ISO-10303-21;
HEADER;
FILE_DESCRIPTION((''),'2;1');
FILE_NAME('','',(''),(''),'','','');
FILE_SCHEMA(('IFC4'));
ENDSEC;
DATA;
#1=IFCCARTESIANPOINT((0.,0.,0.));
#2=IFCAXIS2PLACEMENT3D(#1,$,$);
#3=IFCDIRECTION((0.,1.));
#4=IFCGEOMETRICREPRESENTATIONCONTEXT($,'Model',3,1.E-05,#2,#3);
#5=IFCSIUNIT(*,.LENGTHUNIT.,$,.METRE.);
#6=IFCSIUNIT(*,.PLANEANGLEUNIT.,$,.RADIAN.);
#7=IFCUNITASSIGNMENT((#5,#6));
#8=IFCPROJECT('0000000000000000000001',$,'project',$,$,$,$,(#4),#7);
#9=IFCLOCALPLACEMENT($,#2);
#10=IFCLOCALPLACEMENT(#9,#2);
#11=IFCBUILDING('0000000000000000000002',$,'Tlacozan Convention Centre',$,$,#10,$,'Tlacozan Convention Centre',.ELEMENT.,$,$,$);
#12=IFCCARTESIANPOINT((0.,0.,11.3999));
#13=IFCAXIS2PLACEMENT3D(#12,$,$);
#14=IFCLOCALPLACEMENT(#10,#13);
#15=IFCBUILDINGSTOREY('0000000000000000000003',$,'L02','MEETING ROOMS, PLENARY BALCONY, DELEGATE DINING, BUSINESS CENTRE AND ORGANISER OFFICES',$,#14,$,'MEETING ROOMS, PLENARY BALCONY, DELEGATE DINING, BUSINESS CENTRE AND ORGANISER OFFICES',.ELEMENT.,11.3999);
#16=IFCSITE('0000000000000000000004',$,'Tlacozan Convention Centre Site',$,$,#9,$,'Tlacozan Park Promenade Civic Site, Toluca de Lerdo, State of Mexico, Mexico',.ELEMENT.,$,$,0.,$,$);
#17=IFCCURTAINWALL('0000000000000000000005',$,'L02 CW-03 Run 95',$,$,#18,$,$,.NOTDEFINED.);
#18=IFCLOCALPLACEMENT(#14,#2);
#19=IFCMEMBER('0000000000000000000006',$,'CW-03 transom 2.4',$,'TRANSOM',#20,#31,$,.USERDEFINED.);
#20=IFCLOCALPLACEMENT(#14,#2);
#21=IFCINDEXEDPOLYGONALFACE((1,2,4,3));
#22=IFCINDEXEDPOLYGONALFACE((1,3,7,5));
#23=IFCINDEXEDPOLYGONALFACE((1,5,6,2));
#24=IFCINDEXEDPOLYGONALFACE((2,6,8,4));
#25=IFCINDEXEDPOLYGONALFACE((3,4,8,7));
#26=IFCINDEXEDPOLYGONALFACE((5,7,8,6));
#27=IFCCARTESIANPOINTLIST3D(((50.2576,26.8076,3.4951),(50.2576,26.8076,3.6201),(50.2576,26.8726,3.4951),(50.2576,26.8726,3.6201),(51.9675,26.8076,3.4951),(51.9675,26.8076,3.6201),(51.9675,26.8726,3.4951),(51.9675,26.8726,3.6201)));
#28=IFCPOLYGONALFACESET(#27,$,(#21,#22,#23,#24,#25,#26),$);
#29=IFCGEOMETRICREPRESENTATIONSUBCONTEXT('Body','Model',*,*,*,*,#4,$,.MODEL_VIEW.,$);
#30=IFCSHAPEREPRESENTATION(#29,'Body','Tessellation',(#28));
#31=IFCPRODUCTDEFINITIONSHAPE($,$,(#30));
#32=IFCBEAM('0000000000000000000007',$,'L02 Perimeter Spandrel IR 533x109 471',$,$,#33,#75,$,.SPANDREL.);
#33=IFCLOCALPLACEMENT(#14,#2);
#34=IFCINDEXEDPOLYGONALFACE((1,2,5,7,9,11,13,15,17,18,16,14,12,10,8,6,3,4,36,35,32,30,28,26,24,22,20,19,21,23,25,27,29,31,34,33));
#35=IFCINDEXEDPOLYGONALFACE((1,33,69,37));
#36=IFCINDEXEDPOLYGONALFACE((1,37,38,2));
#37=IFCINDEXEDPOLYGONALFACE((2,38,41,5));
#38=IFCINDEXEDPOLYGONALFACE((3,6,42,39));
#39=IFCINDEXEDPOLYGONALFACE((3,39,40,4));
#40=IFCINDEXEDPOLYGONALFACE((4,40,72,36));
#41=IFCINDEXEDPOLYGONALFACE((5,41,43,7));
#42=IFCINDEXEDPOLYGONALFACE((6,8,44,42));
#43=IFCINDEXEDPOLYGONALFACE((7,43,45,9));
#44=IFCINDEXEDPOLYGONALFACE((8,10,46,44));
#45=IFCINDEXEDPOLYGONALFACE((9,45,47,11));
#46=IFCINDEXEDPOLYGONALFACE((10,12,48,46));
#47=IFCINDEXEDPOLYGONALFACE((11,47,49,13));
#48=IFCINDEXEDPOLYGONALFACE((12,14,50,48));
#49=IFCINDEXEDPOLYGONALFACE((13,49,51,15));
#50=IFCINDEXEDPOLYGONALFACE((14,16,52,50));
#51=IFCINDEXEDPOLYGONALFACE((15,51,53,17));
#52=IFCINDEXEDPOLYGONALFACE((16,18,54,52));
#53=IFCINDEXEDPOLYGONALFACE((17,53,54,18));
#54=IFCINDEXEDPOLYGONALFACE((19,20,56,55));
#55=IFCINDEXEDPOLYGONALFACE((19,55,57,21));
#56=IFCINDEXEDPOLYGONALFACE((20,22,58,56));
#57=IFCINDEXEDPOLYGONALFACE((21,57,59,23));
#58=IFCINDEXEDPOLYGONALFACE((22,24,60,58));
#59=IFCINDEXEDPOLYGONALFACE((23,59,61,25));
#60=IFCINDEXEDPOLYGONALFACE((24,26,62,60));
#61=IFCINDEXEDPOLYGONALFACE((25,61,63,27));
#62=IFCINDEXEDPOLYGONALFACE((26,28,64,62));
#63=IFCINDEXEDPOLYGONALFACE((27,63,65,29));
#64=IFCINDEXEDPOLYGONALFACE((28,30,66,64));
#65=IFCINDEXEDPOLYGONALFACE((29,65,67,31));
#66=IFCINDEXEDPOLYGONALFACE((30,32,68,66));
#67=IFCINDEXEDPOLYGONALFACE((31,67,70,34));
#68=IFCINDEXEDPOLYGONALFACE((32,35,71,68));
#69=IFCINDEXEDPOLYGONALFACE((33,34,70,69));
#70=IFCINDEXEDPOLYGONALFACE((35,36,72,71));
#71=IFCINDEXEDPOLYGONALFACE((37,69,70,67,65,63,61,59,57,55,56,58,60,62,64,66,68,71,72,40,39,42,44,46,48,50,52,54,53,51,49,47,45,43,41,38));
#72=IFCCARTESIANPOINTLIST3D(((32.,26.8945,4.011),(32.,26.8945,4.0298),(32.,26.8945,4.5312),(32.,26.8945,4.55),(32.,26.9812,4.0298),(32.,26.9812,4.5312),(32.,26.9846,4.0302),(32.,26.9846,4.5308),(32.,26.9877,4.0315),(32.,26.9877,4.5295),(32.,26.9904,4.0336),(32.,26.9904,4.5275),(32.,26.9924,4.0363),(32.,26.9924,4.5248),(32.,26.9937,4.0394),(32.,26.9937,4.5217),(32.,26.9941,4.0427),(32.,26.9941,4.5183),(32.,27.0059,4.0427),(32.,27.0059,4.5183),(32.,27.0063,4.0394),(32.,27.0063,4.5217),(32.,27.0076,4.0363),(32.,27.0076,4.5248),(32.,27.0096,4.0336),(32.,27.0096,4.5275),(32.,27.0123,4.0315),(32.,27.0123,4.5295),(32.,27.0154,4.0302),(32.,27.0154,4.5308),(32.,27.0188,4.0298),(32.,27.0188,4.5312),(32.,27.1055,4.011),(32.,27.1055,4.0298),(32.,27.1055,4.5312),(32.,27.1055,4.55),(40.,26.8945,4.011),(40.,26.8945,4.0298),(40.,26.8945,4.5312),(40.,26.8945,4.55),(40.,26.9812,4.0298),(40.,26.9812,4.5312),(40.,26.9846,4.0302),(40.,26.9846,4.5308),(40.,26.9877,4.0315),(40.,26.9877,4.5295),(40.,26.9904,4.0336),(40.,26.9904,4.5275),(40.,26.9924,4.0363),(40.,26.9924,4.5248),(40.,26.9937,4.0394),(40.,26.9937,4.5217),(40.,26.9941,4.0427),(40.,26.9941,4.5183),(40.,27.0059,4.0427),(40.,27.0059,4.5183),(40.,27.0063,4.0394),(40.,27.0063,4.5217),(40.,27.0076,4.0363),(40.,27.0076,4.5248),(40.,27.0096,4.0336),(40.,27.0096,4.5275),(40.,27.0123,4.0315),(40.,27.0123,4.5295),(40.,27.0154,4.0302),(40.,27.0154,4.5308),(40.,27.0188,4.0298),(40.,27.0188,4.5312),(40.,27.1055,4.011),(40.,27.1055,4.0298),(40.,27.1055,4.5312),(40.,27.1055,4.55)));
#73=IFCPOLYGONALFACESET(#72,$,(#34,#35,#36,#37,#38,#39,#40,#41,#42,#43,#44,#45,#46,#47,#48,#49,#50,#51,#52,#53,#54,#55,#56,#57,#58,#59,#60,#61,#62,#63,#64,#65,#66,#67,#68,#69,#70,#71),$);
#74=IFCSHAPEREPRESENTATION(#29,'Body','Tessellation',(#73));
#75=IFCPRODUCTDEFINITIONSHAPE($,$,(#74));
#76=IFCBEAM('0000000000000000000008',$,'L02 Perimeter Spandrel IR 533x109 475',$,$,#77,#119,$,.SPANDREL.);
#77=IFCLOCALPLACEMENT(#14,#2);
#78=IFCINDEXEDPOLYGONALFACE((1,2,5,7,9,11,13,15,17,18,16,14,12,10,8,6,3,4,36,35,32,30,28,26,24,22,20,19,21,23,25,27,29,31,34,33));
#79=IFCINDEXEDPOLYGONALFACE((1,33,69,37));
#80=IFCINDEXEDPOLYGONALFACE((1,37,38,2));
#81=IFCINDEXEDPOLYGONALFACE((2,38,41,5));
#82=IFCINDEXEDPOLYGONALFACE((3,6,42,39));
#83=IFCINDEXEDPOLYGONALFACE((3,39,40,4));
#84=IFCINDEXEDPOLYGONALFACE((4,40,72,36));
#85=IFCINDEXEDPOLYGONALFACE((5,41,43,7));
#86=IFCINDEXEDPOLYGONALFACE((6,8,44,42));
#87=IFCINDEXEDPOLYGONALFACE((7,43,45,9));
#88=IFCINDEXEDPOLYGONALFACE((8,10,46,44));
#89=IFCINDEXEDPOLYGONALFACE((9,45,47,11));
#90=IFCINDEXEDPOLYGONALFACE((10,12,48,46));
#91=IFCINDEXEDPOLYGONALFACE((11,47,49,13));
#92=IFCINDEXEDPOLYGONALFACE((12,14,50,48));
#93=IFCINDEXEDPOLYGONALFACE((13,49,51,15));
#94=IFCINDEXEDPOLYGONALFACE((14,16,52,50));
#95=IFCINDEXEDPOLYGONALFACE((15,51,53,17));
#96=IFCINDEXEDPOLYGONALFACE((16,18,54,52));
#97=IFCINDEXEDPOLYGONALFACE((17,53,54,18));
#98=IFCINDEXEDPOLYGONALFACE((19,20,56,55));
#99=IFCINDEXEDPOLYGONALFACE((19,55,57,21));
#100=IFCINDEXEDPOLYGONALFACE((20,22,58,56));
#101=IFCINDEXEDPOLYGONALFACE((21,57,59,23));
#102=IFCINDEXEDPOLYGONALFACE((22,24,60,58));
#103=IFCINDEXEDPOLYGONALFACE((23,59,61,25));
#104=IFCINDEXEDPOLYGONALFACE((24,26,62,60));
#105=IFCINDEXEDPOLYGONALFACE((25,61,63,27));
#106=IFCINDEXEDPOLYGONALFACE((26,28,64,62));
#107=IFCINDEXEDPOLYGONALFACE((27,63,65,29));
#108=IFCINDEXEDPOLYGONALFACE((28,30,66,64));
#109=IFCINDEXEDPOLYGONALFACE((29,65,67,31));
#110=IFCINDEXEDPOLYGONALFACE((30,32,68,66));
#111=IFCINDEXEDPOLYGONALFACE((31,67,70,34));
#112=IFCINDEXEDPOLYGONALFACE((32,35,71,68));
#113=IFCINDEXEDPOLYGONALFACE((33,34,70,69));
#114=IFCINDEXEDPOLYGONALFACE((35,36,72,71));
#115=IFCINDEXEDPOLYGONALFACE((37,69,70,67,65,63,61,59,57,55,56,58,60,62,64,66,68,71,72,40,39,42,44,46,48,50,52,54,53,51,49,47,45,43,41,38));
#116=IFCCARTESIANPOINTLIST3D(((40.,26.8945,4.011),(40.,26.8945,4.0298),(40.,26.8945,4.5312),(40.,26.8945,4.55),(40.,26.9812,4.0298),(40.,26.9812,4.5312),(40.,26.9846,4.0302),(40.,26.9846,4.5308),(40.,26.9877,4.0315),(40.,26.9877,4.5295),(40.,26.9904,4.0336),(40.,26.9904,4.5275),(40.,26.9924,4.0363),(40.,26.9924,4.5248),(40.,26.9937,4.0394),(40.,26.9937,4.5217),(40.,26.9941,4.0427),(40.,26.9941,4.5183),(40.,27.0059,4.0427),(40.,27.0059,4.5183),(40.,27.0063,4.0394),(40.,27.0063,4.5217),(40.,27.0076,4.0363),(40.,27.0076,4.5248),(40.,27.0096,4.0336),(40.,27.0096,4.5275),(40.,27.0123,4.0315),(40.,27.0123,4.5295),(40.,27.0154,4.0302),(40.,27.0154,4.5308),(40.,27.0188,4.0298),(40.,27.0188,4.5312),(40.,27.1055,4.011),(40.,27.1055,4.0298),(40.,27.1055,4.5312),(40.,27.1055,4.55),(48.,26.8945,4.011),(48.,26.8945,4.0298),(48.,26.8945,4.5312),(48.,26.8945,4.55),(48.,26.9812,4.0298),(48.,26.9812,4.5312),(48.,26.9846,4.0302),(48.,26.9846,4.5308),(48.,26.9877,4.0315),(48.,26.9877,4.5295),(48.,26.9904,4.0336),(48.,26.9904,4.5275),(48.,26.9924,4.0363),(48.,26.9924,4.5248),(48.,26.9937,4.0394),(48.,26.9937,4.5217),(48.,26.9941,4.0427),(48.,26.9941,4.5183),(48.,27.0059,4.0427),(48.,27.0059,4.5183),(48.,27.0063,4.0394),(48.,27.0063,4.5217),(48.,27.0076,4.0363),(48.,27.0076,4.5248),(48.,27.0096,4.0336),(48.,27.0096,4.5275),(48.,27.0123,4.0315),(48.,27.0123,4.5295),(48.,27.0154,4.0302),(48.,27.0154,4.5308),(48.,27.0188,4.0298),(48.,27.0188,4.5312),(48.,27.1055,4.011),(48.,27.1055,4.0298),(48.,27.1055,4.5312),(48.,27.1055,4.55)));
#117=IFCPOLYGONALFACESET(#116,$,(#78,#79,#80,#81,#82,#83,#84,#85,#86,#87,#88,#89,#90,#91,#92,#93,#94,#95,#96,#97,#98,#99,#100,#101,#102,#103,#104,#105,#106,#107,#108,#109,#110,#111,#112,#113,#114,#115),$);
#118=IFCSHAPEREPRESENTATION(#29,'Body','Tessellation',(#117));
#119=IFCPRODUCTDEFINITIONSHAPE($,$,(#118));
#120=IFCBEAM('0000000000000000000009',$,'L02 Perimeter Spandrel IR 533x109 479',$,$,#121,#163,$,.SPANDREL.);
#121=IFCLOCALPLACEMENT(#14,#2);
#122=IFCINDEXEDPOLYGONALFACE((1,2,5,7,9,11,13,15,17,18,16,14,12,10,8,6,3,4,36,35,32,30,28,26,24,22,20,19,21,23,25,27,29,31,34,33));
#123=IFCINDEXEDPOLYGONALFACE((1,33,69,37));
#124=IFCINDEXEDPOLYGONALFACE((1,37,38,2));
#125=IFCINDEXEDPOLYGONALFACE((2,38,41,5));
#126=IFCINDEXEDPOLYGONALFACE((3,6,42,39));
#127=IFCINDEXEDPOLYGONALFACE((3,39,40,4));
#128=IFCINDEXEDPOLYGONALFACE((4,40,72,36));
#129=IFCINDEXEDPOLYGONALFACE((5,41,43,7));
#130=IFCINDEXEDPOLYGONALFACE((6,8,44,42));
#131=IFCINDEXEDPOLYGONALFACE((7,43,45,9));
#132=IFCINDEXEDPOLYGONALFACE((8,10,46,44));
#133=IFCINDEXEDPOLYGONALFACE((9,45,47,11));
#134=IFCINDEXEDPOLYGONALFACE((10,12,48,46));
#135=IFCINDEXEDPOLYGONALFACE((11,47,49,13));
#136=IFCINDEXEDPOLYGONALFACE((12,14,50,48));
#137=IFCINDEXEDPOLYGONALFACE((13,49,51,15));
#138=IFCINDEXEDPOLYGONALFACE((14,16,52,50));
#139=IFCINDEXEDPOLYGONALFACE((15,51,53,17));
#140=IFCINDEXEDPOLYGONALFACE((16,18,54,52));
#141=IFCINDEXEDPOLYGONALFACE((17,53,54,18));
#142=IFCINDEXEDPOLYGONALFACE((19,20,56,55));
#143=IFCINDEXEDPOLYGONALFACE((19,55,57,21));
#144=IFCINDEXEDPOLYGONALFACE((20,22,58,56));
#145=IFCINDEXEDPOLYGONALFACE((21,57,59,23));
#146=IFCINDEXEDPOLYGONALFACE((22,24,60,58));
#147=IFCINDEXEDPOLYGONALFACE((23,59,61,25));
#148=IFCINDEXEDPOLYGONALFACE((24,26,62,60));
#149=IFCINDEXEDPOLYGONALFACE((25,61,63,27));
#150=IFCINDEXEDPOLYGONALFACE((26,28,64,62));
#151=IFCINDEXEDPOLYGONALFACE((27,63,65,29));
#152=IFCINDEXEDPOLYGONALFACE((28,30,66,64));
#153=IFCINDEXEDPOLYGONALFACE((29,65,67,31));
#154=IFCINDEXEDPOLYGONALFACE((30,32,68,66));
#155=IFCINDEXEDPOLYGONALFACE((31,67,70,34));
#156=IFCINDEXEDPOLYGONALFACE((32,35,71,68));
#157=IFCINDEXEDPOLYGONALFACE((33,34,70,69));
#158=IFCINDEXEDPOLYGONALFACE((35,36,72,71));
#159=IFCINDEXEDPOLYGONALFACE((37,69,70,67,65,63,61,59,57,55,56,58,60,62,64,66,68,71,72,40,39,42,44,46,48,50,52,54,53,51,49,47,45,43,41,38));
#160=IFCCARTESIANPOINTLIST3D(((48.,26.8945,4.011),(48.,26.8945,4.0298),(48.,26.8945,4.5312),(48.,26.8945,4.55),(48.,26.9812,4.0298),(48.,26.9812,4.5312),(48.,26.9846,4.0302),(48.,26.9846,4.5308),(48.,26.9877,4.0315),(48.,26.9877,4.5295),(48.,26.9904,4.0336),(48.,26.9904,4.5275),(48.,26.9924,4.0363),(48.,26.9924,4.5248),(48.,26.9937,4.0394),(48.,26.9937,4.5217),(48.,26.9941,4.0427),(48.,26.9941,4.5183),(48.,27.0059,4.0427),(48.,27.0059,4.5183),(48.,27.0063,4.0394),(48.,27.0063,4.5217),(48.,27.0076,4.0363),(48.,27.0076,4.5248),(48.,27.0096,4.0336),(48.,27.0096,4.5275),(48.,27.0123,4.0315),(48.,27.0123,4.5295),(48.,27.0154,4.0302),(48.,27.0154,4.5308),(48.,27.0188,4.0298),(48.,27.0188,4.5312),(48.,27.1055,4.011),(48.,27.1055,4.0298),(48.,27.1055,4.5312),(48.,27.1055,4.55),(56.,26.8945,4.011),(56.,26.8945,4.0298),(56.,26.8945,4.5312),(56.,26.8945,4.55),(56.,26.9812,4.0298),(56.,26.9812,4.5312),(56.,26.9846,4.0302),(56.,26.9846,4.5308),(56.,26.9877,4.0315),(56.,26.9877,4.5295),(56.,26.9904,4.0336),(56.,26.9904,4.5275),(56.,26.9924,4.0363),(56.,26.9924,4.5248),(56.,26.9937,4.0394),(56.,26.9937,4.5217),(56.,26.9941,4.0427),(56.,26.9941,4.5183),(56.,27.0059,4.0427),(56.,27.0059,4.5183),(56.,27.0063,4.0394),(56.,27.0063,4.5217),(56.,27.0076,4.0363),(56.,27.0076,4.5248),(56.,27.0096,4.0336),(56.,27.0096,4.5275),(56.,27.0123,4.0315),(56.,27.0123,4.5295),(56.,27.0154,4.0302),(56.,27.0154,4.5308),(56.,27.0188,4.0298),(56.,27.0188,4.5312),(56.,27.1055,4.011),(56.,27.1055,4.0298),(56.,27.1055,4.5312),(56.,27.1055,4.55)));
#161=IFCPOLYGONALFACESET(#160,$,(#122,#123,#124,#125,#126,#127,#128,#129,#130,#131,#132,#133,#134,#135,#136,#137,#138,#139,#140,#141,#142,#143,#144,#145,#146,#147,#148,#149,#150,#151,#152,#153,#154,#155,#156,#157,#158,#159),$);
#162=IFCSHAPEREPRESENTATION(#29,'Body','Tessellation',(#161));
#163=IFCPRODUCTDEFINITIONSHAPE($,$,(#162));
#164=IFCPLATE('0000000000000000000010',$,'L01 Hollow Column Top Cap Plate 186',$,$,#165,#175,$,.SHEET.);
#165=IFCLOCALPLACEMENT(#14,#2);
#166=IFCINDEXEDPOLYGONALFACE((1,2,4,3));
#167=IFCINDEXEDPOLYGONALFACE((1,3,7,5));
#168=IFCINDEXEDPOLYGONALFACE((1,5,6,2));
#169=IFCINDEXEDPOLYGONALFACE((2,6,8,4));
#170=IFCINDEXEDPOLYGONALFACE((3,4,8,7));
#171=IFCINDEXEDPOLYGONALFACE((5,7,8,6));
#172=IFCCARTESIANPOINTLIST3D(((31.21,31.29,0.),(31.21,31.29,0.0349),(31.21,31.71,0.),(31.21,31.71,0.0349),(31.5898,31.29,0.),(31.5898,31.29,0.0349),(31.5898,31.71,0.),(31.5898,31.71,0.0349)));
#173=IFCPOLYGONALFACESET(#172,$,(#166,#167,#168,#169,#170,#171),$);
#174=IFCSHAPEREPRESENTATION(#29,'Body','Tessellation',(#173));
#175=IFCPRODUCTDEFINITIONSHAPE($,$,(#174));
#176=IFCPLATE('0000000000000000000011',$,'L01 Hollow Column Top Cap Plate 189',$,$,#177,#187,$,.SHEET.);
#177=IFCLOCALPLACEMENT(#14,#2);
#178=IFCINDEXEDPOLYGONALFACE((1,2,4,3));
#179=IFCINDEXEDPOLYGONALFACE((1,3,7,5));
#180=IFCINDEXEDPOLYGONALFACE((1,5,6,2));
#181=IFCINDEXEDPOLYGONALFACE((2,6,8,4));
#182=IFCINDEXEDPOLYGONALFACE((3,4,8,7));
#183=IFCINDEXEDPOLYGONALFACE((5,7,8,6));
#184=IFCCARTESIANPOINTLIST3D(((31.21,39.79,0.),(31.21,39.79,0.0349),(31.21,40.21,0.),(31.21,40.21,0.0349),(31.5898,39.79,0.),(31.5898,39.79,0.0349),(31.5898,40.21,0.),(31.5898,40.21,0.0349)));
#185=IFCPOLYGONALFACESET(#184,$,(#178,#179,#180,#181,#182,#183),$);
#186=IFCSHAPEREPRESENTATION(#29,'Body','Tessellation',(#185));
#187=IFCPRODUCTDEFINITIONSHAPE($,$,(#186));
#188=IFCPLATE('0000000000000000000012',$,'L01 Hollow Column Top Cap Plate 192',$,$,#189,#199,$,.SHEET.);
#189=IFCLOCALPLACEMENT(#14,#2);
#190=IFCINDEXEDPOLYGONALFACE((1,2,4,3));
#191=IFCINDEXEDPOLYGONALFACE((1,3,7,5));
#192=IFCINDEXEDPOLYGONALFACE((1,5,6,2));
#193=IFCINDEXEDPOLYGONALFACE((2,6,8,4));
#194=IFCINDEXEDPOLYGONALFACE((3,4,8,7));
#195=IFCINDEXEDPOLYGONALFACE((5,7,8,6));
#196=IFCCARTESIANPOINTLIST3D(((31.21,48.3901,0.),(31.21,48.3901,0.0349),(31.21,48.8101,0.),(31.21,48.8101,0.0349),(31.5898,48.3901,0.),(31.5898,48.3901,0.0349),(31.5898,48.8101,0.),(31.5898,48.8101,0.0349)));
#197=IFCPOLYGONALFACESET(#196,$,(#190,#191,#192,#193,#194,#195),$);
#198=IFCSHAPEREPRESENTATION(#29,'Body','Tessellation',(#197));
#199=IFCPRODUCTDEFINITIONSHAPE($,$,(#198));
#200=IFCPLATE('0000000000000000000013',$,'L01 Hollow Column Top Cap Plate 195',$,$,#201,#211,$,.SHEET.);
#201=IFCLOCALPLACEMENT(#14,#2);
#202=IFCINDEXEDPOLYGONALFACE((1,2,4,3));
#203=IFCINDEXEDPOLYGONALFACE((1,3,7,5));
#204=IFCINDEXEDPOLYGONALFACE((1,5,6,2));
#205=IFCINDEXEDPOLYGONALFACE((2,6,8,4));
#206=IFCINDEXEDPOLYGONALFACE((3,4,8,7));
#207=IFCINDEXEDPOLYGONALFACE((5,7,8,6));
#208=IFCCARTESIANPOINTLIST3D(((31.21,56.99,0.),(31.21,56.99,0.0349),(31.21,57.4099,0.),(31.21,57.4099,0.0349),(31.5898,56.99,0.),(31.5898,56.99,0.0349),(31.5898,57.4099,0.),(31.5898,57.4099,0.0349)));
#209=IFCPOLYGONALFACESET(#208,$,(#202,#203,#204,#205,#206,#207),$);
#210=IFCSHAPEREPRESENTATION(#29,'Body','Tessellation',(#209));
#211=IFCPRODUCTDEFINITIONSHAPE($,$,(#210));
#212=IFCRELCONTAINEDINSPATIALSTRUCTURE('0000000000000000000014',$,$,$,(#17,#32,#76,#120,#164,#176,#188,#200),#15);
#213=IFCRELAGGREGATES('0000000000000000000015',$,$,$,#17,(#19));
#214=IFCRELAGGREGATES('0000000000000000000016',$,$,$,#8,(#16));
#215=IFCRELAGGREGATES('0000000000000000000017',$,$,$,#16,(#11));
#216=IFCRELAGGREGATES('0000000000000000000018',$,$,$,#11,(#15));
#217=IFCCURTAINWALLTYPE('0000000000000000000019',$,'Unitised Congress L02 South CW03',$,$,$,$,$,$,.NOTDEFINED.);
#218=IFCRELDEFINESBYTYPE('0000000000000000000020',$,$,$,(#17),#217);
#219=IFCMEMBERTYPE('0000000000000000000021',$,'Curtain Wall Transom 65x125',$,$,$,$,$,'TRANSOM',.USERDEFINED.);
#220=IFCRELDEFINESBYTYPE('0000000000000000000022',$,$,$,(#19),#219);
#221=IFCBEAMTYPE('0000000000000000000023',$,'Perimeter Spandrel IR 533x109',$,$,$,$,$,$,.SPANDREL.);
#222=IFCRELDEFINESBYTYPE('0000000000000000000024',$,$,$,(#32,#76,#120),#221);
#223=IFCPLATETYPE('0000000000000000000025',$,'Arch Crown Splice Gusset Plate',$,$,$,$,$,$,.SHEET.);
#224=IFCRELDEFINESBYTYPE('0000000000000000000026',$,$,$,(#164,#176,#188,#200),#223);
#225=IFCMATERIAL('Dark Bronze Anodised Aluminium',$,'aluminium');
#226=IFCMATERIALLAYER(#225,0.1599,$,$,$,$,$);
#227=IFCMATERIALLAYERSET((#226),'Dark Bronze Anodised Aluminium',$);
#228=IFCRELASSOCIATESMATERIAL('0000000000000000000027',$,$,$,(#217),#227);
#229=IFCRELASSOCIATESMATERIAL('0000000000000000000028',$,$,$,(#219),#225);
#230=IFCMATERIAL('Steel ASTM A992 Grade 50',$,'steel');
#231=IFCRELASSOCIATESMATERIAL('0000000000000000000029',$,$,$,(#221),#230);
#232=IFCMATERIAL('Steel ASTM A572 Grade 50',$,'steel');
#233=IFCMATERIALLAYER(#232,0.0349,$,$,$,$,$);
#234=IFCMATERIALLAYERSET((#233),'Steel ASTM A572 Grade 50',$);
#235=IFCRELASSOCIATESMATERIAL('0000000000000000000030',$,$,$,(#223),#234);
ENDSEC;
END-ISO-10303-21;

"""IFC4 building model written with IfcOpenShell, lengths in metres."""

from ifc_helpers import new_model, si_unit, direction, frame, origin, origin_2d, place, context, subcontext, project, spatial, rectangle, i_section, extrude, material, layer, layer_set, material_profile, profile_set, type_object, element, aggregate, save


model = new_model("IFC4")

# Units and contexts
model_context = context("Model", 3, precision=1e-05, world=origin(), true_north=direction((0.0, 1.0)))
body_context = subcontext(model_context, "Body", "Model", "MODEL_VIEW")
ifc_project = project(units=[si_unit("LENGTHUNIT", "METRE"), si_unit("PLANEANGLEUNIT", "RADIAN")], contexts=[model_context])

# Site, building, storey
site_placement = place(None, origin())
site = spatial("IfcSite", under=ifc_project, at=site_placement, Name="Tlacozan Convention Centre Site", LongName="Tlacozan Park Promenade Civic Site, Toluca de Lerdo, State of Mexico, Mexico", CompositionType="ELEMENT", RefElevation=0.0)
building_placement = place(site_placement, origin())
building = spatial("IfcBuilding", under=site, at=building_placement, Name="Tlacozan Convention Centre", LongName="Tlacozan Convention Centre", CompositionType="ELEMENT")
storey_placement = place(building_placement, frame((0.0, 0.0, 11.3999)))
storey = spatial("IfcBuildingStorey", under=building, at=storey_placement, Name="L02", Description="MEETING ROOMS, PLENARY BALCONY, DELEGATE DINING, BUSINESS CENTRE AND ORGANISER OFFICES", LongName="MEETING ROOMS, PLENARY BALCONY, DELEGATE DINING, BUSINESS CENTRE AND ORGANISER OFFICES", CompositionType="ELEMENT", Elevation=11.3999)

# Curtain wall, member
ifc_material_1 = material(Name="Dark Bronze Anodised Aluminium", Category="aluminium")
ifc_layer_1 = layer(ifc_material_1, 0.1599)
ifc_layer_set_1 = layer_set([ifc_layer_1], Name="Dark Bronze Anodised Aluminium")
curtain_wall_type = type_object("IfcCurtainWallType", Name="Unitised Congress L02 South CW03", PredefinedType="NOTDEFINED", material=ifc_layer_set_1)
curtain_wall_placement = place(storey_placement, origin())
curtain_wall = element("IfcCurtainWall", 1, at=curtain_wall_placement, inside=storey, type_object=curtain_wall_type, Name="L02 CW-03 Run 95", PredefinedType="NOTDEFINED")
ifc_material_profile_1 = material_profile(ifc_material_1, rectangle(XDim=0.0649, YDim=0.125, at=origin_2d()), Name="ALU 65x125")
ifc_profile_set_1 = profile_set([ifc_material_profile_1], Name="Dark Bronze Anodised Aluminium")
member_type_1 = type_object("IfcMemberType", Name="Curtain Wall Transom 65x125", ElementType="TRANSOM", PredefinedType="USERDEFINED", material=ifc_profile_set_1)
member_1_placement = place(storey_placement, frame((50.2576, 26.8401, 3.5576), z_axis=(1.0, 0.0, 0.0), x_axis=(0.0, 1.0, 0.0)))
member_1 = element("IfcMember", 2, at=member_1_placement, type_object=member_type_1, Name="CW-03 transom 2.4", ObjectType="TRANSOM", PredefinedType="USERDEFINED", context=body_context, shape_type="SweptSolid", body=[
    extrude(rectangle(XDim=0.0649, YDim=0.125, at=origin_2d()), origin(), (0.0, 0.0, 1.0), 1.71),
])

# Beams
ifc_material_2 = material(Name="Steel ASTM A992 Grade 50", Category="steel")
ifc_material_profile_2 = material_profile(ifc_material_2, i_section(OverallWidth=0.2109, OverallDepth=0.5391, WebThickness=0.0117, FlangeThickness=0.0188, FilletRadius=0.0129, at=origin_2d()), Name="IR 533x109.0")
ifc_profile_set_2 = profile_set([ifc_material_profile_2], Name="Steel ASTM A992 Grade 50")
beam_type = type_object("IfcBeamType", Name="Perimeter Spandrel IR 533x109", PredefinedType="SPANDREL", material=ifc_profile_set_2)
for number, where, z_axis, x_axis, name in (
    (3, (32.0, 27.0, 4.2805), (1.0, 0.0, 0.0), (0.0, 1.0, 0.0), "L02 Perimeter Spandrel IR 533x109 471"),
    (4, (40.0, 27.0, 4.2805), (1.0, 0.0, 0.0), (0.0, 1.0, 0.0), "L02 Perimeter Spandrel IR 533x109 475"),
    (5, (48.0, 27.0, 4.2805), (1.0, 0.0, 0.0), (0.0, 1.0, 0.0), "L02 Perimeter Spandrel IR 533x109 479"),
):
    element("IfcBeam", number, at=place(storey_placement, frame(where, z_axis=z_axis, x_axis=x_axis)), inside=storey, type_object=beam_type, Name=name, PredefinedType="SPANDREL", context=body_context, shape_type="SweptSolid", body=[
        extrude(i_section(OverallWidth=0.2109, OverallDepth=0.5391, WebThickness=0.0117, FlangeThickness=0.0188, FilletRadius=0.0129, at=origin_2d()), origin(), (0.0, 0.0, 1.0), 8.0),
    ])

# Plates
ifc_material_3 = material(Name="Steel ASTM A572 Grade 50", Category="steel")
ifc_layer_2 = layer(ifc_material_3, 0.0349)
ifc_layer_set_2 = layer_set([ifc_layer_2], Name="Steel ASTM A572 Grade 50")
plate_type_1 = type_object("IfcPlateType", Name="Arch Crown Splice Gusset Plate", PredefinedType="SHEET", material=ifc_layer_set_2)
for number, where, z_axis, x_axis, name in (
    (6, (31.3999, 31.5, 0.0), (0.0, 0.0, 1.0), (1.0, 0.0, 0.0), "L01 Hollow Column Top Cap Plate 186"),
    (7, (31.3999, 40.0, 0.0), (0.0, 0.0, 1.0), (1.0, 0.0, 0.0), "L01 Hollow Column Top Cap Plate 189"),
    (8, (31.3999, 48.6001, 0.0), (0.0, 0.0, 1.0), (1.0, 0.0, 0.0), "L01 Hollow Column Top Cap Plate 192"),
    (9, (31.3999, 57.2, 0.0), (0.0, 0.0, 1.0), (1.0, 0.0, 0.0), "L01 Hollow Column Top Cap Plate 195"),
):
    element("IfcPlate", number, at=place(storey_placement, frame(where, z_axis=z_axis, x_axis=x_axis)), inside=storey, type_object=plate_type_1, Name=name, PredefinedType="SHEET", context=body_context, shape_type="SweptSolid", body=[
        extrude(rectangle(XDim=0.3799, YDim=0.4199, at=origin_2d()), origin(), (0.0, 0.0, 1.0), 0.0349),
    ])

aggregate(curtain_wall, [member_1])

save(model, "model.ifc")
